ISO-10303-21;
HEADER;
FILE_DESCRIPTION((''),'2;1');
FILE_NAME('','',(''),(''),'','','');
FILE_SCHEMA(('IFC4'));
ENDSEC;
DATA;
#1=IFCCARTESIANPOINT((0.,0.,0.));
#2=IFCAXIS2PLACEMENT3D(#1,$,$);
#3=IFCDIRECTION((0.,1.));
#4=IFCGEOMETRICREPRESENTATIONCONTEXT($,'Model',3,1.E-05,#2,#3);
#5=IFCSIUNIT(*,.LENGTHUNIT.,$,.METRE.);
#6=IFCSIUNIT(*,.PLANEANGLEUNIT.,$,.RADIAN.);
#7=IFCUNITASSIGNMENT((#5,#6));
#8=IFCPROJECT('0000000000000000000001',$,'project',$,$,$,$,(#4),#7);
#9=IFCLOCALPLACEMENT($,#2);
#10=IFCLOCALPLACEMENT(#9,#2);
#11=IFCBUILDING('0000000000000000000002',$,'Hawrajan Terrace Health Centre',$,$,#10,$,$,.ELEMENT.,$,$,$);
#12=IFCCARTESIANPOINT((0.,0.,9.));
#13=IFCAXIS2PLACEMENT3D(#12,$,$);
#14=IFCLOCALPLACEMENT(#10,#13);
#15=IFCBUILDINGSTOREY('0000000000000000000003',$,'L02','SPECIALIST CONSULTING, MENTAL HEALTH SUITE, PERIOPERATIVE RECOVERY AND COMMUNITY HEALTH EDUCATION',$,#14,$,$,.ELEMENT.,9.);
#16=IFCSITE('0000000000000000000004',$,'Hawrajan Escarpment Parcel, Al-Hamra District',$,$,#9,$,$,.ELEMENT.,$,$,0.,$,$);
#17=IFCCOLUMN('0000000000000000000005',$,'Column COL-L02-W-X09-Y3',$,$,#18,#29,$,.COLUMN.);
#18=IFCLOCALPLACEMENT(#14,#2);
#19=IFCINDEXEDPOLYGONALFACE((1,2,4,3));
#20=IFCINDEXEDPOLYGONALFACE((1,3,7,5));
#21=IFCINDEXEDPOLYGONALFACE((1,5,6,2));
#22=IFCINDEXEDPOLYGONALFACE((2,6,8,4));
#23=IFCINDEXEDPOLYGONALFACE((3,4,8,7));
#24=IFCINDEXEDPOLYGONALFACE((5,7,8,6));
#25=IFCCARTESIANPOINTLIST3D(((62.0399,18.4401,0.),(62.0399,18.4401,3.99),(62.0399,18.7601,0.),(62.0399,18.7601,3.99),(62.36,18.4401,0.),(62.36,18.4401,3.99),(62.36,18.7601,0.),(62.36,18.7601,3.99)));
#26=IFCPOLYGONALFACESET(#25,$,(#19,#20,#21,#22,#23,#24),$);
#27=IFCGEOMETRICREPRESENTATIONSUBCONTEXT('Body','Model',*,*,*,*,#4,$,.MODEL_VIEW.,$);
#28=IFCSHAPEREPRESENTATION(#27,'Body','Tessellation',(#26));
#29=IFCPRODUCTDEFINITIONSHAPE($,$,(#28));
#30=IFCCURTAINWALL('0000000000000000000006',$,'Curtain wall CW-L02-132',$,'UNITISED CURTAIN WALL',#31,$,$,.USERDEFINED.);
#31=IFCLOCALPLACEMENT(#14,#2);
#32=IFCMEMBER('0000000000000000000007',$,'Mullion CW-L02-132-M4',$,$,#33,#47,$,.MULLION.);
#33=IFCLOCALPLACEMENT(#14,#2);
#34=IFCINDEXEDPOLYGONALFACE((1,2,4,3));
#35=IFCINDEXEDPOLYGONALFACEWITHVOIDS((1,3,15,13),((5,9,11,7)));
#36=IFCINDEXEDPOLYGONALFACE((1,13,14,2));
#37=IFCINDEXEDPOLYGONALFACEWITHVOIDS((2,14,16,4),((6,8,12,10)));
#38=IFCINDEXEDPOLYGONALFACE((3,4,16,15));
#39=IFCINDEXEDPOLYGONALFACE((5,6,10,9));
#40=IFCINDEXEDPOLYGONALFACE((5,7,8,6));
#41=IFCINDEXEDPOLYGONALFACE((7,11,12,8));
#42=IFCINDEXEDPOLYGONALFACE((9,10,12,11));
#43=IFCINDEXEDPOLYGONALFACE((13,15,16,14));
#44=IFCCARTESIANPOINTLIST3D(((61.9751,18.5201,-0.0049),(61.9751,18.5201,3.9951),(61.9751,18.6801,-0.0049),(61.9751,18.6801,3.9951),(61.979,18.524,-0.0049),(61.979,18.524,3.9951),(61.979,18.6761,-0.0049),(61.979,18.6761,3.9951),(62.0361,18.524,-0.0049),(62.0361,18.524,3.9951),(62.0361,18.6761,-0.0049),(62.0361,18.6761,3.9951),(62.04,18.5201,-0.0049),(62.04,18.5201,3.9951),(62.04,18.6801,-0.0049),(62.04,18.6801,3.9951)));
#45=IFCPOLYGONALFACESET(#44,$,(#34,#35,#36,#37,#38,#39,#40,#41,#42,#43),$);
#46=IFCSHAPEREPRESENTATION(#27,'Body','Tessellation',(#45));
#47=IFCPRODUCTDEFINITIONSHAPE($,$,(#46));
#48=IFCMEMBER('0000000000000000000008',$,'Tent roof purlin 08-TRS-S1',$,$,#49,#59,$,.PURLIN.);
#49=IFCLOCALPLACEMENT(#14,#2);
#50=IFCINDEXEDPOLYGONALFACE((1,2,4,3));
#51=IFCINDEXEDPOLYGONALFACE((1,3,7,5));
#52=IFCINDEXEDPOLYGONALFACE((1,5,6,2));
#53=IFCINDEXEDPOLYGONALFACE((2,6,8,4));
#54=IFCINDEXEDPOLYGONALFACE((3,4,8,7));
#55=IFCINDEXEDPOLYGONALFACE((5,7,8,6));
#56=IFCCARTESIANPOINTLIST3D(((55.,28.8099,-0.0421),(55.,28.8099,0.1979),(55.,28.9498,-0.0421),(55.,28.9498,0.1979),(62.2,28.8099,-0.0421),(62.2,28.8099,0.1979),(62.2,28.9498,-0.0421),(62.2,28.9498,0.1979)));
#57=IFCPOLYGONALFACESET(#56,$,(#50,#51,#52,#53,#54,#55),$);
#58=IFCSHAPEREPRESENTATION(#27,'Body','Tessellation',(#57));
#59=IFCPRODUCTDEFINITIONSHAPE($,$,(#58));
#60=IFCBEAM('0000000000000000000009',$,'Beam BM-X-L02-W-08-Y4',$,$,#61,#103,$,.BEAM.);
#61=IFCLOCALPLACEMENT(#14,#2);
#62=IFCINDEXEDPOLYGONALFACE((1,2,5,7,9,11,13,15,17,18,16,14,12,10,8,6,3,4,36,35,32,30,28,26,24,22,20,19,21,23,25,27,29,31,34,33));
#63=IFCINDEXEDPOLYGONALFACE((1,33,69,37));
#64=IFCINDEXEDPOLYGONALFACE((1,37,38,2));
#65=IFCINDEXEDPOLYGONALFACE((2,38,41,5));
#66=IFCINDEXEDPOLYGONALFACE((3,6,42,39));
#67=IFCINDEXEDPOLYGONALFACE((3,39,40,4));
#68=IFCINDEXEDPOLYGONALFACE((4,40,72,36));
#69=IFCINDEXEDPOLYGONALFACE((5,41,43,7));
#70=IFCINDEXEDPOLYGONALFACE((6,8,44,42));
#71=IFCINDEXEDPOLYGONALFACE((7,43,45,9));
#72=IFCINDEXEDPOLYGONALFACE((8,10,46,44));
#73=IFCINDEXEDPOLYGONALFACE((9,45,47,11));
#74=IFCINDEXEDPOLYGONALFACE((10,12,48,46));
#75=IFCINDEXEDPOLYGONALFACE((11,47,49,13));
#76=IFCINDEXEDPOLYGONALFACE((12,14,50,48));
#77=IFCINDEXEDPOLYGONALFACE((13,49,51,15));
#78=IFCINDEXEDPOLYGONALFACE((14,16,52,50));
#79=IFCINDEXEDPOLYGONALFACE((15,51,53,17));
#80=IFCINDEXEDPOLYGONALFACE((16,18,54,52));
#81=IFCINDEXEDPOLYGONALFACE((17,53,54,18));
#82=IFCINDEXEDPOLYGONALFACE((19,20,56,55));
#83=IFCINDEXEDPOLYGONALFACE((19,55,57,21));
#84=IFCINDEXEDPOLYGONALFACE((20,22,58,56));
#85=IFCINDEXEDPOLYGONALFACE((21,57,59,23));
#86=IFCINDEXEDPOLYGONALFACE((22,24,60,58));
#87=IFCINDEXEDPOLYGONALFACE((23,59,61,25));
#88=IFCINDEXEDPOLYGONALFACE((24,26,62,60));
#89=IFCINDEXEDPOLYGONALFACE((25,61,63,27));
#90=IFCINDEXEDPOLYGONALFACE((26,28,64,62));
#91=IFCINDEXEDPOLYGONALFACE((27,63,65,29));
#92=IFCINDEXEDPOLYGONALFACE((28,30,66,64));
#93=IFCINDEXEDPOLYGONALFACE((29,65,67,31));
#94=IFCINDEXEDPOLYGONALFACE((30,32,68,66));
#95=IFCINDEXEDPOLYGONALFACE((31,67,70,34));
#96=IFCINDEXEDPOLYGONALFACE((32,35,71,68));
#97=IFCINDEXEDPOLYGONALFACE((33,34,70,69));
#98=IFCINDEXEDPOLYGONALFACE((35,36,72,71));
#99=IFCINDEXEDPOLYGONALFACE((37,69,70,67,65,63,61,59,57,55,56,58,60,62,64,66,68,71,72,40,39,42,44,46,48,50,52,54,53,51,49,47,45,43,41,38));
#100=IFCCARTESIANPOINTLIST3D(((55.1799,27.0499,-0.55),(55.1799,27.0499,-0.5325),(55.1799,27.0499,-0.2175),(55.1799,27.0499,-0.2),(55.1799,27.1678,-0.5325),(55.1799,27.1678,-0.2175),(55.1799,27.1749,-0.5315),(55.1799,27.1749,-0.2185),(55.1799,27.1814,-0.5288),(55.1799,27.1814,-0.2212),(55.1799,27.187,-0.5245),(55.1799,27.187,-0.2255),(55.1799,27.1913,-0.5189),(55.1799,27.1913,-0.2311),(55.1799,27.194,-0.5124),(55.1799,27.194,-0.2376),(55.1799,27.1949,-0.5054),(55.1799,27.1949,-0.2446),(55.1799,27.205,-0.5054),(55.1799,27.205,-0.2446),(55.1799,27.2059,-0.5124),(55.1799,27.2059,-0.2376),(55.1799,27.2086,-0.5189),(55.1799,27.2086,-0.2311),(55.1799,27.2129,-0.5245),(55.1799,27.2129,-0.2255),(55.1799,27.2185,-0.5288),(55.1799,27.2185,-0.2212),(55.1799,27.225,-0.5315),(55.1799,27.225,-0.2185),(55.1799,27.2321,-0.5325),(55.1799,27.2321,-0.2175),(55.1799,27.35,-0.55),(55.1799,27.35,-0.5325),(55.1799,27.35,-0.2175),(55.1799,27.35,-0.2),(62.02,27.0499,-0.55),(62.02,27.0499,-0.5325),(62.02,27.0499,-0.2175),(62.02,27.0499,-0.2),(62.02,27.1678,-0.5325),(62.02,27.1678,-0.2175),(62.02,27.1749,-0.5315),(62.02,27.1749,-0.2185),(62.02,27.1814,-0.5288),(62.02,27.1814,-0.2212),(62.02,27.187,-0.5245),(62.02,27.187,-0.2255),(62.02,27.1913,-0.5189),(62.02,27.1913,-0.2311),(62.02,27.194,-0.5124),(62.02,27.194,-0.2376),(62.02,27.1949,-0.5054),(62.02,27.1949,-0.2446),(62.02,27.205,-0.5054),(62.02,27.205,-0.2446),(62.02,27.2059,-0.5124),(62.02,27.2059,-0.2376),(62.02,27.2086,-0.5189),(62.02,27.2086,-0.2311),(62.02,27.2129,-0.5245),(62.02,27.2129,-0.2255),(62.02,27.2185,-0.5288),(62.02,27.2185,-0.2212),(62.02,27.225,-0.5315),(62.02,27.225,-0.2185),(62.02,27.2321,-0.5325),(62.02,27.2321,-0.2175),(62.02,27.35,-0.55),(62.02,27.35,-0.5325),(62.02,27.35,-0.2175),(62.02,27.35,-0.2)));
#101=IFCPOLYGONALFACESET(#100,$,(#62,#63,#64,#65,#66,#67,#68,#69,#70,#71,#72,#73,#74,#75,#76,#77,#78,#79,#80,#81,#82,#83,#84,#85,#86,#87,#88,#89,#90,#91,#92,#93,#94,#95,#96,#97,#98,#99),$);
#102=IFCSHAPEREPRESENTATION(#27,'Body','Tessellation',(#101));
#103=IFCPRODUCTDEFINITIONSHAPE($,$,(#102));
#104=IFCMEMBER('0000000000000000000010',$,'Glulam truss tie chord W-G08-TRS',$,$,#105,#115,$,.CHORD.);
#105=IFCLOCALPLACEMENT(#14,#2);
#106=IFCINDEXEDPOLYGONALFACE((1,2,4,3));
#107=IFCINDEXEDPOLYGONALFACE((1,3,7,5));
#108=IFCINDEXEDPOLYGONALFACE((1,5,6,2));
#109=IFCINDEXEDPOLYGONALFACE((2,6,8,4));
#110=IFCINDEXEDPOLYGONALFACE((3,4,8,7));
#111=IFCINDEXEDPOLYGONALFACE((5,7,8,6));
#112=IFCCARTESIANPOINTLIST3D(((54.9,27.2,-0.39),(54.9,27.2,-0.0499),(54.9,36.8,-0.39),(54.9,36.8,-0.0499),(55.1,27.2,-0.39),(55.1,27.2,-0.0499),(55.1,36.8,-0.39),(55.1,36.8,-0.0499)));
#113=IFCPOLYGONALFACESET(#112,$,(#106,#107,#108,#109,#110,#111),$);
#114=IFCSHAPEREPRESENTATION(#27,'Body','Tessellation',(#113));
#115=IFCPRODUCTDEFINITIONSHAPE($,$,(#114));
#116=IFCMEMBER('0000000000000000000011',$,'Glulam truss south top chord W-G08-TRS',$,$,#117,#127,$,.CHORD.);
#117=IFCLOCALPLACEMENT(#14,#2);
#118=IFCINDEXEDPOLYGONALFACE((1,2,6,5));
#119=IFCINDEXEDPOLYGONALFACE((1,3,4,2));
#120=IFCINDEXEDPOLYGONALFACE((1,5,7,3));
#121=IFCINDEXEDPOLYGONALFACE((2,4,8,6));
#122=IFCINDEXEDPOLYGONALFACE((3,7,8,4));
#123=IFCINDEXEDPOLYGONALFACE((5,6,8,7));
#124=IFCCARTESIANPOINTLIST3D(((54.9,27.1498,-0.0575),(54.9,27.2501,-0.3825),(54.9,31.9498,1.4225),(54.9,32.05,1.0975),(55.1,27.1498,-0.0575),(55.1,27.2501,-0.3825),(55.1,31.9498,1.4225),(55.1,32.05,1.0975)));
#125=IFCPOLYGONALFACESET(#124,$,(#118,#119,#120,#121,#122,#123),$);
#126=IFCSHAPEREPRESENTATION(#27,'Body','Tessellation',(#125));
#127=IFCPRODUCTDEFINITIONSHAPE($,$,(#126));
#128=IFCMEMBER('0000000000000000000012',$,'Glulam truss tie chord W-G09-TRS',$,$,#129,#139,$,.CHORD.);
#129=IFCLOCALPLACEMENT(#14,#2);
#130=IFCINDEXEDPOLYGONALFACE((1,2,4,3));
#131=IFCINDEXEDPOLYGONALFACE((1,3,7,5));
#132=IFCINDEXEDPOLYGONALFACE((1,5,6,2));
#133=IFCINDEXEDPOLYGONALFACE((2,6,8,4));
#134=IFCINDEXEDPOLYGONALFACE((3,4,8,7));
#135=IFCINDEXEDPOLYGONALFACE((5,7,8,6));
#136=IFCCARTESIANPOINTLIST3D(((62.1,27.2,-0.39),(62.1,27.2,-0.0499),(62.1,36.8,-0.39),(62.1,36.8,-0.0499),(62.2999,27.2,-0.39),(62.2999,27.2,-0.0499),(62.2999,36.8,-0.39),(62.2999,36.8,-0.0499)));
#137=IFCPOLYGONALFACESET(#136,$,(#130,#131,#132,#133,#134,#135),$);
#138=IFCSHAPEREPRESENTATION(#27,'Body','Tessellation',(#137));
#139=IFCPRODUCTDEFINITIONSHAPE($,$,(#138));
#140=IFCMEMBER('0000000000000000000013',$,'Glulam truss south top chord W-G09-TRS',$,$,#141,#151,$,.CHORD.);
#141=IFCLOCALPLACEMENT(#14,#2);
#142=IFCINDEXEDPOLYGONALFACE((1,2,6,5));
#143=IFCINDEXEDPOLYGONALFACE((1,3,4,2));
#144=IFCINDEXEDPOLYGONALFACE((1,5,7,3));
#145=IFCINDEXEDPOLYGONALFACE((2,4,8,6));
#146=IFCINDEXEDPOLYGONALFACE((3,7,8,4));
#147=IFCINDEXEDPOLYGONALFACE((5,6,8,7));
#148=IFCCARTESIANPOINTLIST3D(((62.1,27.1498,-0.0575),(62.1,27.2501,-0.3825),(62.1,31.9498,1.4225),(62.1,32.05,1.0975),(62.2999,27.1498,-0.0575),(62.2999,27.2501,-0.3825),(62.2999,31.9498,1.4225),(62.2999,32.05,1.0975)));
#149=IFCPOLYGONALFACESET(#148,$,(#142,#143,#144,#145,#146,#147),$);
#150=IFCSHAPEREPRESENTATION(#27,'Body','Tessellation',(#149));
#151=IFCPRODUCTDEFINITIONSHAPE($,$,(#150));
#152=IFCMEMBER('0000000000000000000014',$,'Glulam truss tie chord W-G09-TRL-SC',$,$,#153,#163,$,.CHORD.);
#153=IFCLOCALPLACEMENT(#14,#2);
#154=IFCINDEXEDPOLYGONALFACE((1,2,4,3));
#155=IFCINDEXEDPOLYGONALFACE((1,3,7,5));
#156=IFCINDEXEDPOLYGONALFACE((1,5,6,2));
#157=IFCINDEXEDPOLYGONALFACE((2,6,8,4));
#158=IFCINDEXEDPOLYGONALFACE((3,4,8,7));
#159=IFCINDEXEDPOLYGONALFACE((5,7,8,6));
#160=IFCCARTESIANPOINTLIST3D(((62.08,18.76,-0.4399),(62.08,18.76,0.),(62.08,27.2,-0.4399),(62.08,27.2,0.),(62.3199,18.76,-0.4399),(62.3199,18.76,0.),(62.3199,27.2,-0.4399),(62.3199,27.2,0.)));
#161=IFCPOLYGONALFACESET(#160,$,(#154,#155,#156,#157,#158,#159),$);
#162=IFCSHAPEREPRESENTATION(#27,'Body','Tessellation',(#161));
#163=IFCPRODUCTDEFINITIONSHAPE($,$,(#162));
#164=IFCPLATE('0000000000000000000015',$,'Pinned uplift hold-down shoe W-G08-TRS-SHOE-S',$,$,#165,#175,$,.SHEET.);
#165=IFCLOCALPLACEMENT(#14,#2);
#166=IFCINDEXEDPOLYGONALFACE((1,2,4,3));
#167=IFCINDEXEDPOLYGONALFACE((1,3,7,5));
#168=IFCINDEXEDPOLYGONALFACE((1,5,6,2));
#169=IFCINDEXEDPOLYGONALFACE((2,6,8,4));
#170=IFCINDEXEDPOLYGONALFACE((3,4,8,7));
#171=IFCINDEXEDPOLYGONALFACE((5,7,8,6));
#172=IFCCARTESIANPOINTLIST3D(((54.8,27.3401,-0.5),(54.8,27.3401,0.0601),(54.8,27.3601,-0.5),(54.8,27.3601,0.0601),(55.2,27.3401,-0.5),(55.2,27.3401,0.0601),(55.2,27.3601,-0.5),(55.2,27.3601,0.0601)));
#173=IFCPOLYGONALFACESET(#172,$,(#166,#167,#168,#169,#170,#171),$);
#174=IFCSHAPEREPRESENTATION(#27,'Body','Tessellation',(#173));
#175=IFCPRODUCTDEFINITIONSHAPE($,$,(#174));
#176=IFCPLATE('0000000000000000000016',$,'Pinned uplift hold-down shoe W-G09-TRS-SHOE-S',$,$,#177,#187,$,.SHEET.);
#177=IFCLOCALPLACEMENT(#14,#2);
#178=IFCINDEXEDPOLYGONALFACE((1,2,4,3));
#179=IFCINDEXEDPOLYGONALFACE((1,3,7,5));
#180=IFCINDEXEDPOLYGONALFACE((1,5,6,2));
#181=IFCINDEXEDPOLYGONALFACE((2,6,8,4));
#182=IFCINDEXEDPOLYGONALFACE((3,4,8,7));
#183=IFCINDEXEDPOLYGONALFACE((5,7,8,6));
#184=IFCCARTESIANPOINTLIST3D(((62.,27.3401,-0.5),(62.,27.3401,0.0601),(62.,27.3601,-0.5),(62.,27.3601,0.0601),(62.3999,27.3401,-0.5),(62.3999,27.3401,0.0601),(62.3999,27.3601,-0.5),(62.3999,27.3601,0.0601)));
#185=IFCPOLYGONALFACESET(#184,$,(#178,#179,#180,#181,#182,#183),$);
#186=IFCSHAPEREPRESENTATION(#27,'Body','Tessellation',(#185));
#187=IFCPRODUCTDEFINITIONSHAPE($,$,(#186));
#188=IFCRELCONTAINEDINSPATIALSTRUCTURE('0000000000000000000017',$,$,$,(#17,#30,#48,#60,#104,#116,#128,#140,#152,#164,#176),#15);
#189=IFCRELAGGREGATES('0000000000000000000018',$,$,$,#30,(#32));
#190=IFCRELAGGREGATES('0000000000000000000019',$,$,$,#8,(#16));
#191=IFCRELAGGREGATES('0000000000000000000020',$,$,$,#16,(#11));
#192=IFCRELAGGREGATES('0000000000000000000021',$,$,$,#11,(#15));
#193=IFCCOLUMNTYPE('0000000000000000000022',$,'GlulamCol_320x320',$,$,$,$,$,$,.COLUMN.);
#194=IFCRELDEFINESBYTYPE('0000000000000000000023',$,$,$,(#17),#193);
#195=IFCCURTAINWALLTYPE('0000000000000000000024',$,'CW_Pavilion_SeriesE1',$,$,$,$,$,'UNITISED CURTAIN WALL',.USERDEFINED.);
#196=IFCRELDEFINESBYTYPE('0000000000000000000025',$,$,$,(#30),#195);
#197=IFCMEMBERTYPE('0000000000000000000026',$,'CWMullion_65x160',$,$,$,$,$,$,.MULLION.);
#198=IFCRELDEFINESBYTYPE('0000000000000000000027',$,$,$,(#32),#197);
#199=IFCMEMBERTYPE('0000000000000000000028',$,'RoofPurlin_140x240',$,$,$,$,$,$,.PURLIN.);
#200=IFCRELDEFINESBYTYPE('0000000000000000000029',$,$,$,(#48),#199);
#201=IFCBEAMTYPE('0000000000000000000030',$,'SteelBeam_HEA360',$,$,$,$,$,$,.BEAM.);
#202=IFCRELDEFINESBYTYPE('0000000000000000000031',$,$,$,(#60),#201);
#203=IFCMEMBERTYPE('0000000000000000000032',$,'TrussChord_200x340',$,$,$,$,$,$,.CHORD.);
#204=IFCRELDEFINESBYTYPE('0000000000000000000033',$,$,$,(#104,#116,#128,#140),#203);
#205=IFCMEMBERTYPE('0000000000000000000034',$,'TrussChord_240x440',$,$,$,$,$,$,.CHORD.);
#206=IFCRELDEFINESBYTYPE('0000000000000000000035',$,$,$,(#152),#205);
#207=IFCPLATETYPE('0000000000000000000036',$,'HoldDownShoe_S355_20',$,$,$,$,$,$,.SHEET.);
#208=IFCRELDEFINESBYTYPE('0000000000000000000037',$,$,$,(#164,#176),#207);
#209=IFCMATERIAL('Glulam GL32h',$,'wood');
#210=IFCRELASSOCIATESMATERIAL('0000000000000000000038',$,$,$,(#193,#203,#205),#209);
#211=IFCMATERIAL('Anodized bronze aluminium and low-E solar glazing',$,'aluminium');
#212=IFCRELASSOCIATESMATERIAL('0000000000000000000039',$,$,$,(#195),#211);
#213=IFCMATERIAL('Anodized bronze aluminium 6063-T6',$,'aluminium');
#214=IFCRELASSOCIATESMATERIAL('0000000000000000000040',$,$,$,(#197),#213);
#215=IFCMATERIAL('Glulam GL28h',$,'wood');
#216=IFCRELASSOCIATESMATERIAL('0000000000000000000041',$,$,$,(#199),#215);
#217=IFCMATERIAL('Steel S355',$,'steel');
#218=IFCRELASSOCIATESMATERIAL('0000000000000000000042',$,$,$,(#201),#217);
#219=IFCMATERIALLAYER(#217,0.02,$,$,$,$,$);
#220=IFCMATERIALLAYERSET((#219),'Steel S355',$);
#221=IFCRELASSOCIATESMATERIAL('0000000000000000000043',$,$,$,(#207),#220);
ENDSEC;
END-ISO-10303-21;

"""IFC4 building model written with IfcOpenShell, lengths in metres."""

from ifc_helpers import new_model, si_unit, direction, frame, origin, origin_2d, place, context, subcontext, project, spatial, rectangle, hollow_rectangle, i_section, extrude, material, layer, layer_set, material_profile, profile_set, type_object, element, aggregate, save


model = new_model("IFC4")

# Units and contexts
model_context = context("Model", 3, precision=1e-05, world=origin(), true_north=direction((0.0, 1.0)))
body_context = subcontext(model_context, "Body", "Model", "MODEL_VIEW")
ifc_project = project(units=[si_unit("LENGTHUNIT", "METRE"), si_unit("PLANEANGLEUNIT", "RADIAN")], contexts=[model_context])

# Site, building, storey
site_placement = place(None, origin())
site = spatial("IfcSite", under=ifc_project, at=site_placement, Name="Hawrajan Escarpment Parcel, Al-Hamra District", CompositionType="ELEMENT", RefElevation=0.0)
building_placement = place(site_placement, origin())
building = spatial("IfcBuilding", under=site, at=building_placement, Name="Hawrajan Terrace Health Centre", CompositionType="ELEMENT")
storey_placement = place(building_placement, frame((0.0, 0.0, 9.0)))
storey = spatial("IfcBuildingStorey", under=building, at=storey_placement, Name="L02", Description="SPECIALIST CONSULTING, MENTAL HEALTH SUITE, PERIOPERATIVE RECOVERY AND COMMUNITY HEALTH EDUCATION", CompositionType="ELEMENT", Elevation=9.0)

# Column
ifc_material_1 = material(Name="Glulam GL32h", Category="wood")
ifc_material_profile_1 = material_profile(ifc_material_1, rectangle(XDim=0.3201, YDim=0.3201, at=origin_2d()), Name="GL 320x320")
ifc_profile_set_1 = profile_set([ifc_material_profile_1], Name="Glulam GL32h")
column_type = type_object("IfcColumnType", Name="GlulamCol_320x320", PredefinedType="COLUMN", material=ifc_profile_set_1)
column_placement = place(storey_placement, frame((62.2, 18.6001, 0.0), z_axis=(0.0, 0.0, 1.0), x_axis=(1.0, 0.0, 0.0)))
element("IfcColumn", 1, at=column_placement, inside=storey, type_object=column_type, Name="Column COL-L02-W-X09-Y3", PredefinedType="COLUMN", context=body_context, shape_type="SweptSolid", body=[
    extrude(rectangle(XDim=0.3201, YDim=0.3201, at=origin_2d()), origin(), (0.0, 0.0, 1.0), 3.99),
])

# Curtain wall, member
ifc_material_2 = material(Name="Anodized bronze aluminium and low-E solar glazing", Category="aluminium")
curtain_wall_type = type_object("IfcCurtainWallType", Name="CW_Pavilion_SeriesE1", ElementType="UNITISED CURTAIN WALL", PredefinedType="USERDEFINED", material=ifc_material_2)
curtain_wall_placement = place(storey_placement, origin())
curtain_wall = element("IfcCurtainWall", 2, at=curtain_wall_placement, inside=storey, type_object=curtain_wall_type, Name="Curtain wall CW-L02-132", ObjectType="UNITISED CURTAIN WALL", PredefinedType="USERDEFINED")
ifc_material_3 = material(Name="Anodized bronze aluminium 6063-T6", Category="aluminium")
ifc_material_profile_2 = material_profile(ifc_material_3, hollow_rectangle(XDim=0.0649, YDim=0.1599, WallThickness=0.0039, at=origin_2d()), Name="CW MUL 65x160")
ifc_profile_set_2 = profile_set([ifc_material_profile_2], Name="Anodized bronze aluminium 6063-T6")
member_type_1 = type_object("IfcMemberType", Name="CWMullion_65x160", PredefinedType="MULLION", material=ifc_profile_set_2)
member_1_placement = place(storey_placement, frame((62.0076, 18.6001, -0.0049), z_axis=(0.0, 0.0, 1.0), x_axis=(1.0, 0.0, 0.0)))
member_1 = element("IfcMember", 3, at=member_1_placement, type_object=member_type_1, Name="Mullion CW-L02-132-M4", PredefinedType="MULLION", context=body_context, shape_type="SweptSolid", body=[
    extrude(hollow_rectangle(XDim=0.0649, YDim=0.1599, WallThickness=0.0039, at=origin_2d()), origin(), (0.0, 0.0, 1.0), 4.0),
])

# Member
ifc_material_4 = material(Name="Glulam GL28h", Category="wood")
ifc_material_profile_3 = material_profile(ifc_material_4, rectangle(XDim=0.1399, YDim=0.24, at=origin_2d()), Name="GL PUR 140x240")
ifc_profile_set_3 = profile_set([ifc_material_profile_3], Name="Glulam GL28h")
member_type_2 = type_object("IfcMemberType", Name="RoofPurlin_140x240", PredefinedType="PURLIN", material=ifc_profile_set_3)
member_2_placement = place(storey_placement, frame((55.0, 28.8799, 0.0779), z_axis=(1.0, 0.0, 0.0), x_axis=(0.0, 1.0, 0.0)))
element("IfcMember", 4, at=member_2_placement, inside=storey, type_object=member_type_2, Name="Tent roof purlin 08-TRS-S1", PredefinedType="PURLIN", context=body_context, shape_type="SweptSolid", body=[
    extrude(rectangle(XDim=0.1399, YDim=0.24, at=origin_2d()), origin(), (0.0, 0.0, 1.0), 7.2),
])

# Beam
ifc_material_5 = material(Name="Steel S355", Category="steel")
ifc_material_profile_4 = material_profile(ifc_material_5, i_section(OverallWidth=0.3, OverallDepth=0.3501, WebThickness=0.01, FlangeThickness=0.0176, FilletRadius=0.0271, at=origin_2d()), Name="HEA 360")
ifc_profile_set_4 = profile_set([ifc_material_profile_4], Name="Steel S355")
beam_type = type_object("IfcBeamType", Name="SteelBeam_HEA360", PredefinedType="BEAM", material=ifc_profile_set_4)
beam_placement = place(storey_placement, frame((55.1799, 27.2, -0.375), z_axis=(1.0, 0.0, 0.0), x_axis=(0.0, 1.0, 0.0)))
element("IfcBeam", 5, at=beam_placement, inside=storey, type_object=beam_type, Name="Beam BM-X-L02-W-08-Y4", PredefinedType="BEAM", context=body_context, shape_type="SweptSolid", body=[
    extrude(i_section(OverallWidth=0.3, OverallDepth=0.3501, WebThickness=0.01, FlangeThickness=0.0176, FilletRadius=0.0271, at=origin_2d()), origin(), (0.0, 0.0, 1.0), 6.8401),
])

# Members
ifc_material_profile_5 = material_profile(ifc_material_1, rectangle(XDim=0.2, YDim=0.3401, at=origin_2d()), Name="GL CHD 200x340")
ifc_profile_set_5 = profile_set([ifc_material_profile_5], Name="Glulam GL32h")
member_type_3 = type_object("IfcMemberType", Name="TrussChord_200x340", PredefinedType="CHORD", material=ifc_profile_set_5)
member_3_placement = place(storey_placement, frame((55.0, 27.2, -0.22), z_axis=(0.0, 1.0, 0.0), x_axis=(-1.0, 0.0, 0.0)))
element("IfcMember", 6, at=member_3_placement, inside=storey, type_object=member_type_3, Name="Glulam truss tie chord W-G08-TRS", PredefinedType="CHORD", context=body_context, shape_type="SweptSolid", body=[
    extrude(rectangle(XDim=0.2, YDim=0.3401, at=origin_2d()), origin(), (0.0, 0.0, 1.0), 9.6001),
])
member_4_placement = place(storey_placement, frame((55.0, 27.2, -0.22), z_axis=(0.0, 0.955609, 0.294639), x_axis=(-1.0, 0.0, 0.0)))
element("IfcMember", 7, at=member_4_placement, inside=storey, type_object=member_type_3, Name="Glulam truss south top chord W-G08-TRS", PredefinedType="CHORD", context=body_context, shape_type="SweptSolid", body=[
    extrude(rectangle(XDim=0.2, YDim=0.3401, at=origin_2d()), origin(), (0.0, 0.0, 1.0), 5.0229),
])
member_5_placement = place(storey_placement, frame((62.2, 27.2, -0.22), z_axis=(0.0, 1.0, 0.0), x_axis=(-1.0, 0.0, 0.0)))
element("IfcMember", 8, at=member_5_placement, inside=storey, type_object=member_type_3, Name="Glulam truss tie chord W-G09-TRS", PredefinedType="CHORD", context=body_context, shape_type="SweptSolid", body=[
    extrude(rectangle(XDim=0.2, YDim=0.3401, at=origin_2d()), origin(), (0.0, 0.0, 1.0), 9.6001),
])
member_6_placement = place(storey_placement, frame((62.2, 27.2, -0.22), z_axis=(0.0, 0.955609, 0.294639), x_axis=(-1.0, 0.0, 0.0)))
element("IfcMember", 9, at=member_6_placement, inside=storey, type_object=member_type_3, Name="Glulam truss south top chord W-G09-TRS", PredefinedType="CHORD", context=body_context, shape_type="SweptSolid", body=[
    extrude(rectangle(XDim=0.2, YDim=0.3401, at=origin_2d()), origin(), (0.0, 0.0, 1.0), 5.0229),
])
ifc_material_profile_6 = material_profile(ifc_material_1, rectangle(XDim=0.24, YDim=0.4399, at=origin_2d()), Name="GL CHD 240x440")
ifc_profile_set_6 = profile_set([ifc_material_profile_6], Name="Glulam GL32h")
member_type_4 = type_object("IfcMemberType", Name="TrussChord_240x440", PredefinedType="CHORD", material=ifc_profile_set_6)
member_7_placement = place(storey_placement, frame((62.2, 18.76, -0.22), z_axis=(0.0, 1.0, 0.0), x_axis=(-1.0, 0.0, 0.0)))
element("IfcMember", 10, at=member_7_placement, inside=storey, type_object=member_type_4, Name="Glulam truss tie chord W-G09-TRL-SC", PredefinedType="CHORD", context=body_context, shape_type="SweptSolid", body=[
    extrude(rectangle(XDim=0.24, YDim=0.4399, at=origin_2d()), origin(), (0.0, 0.0, 1.0), 8.4399),
])

# Plates
ifc_layer_1 = layer(ifc_material_5, 0.02)
ifc_layer_set_1 = layer_set([ifc_layer_1], Name="Steel S355")
plate_type_1 = type_object("IfcPlateType", Name="HoldDownShoe_S355_20", PredefinedType="SHEET", material=ifc_layer_set_1)
for number, where, z_axis, x_axis, name in (
    (11, (55.0, 27.3501, -0.5), (0.0, 0.0, 1.0), (1.0, 0.0, 0.0), "Pinned uplift hold-down shoe W-G08-TRS-SHOE-S"),
    (12, (62.2, 27.3501, -0.5), (0.0, 0.0, 1.0), (1.0, 0.0, 0.0), "Pinned uplift hold-down shoe W-G09-TRS-SHOE-S"),
):
    element("IfcPlate", number, at=place(storey_placement, frame(where, z_axis=z_axis, x_axis=x_axis)), inside=storey, type_object=plate_type_1, Name=name, PredefinedType="SHEET", context=body_context, shape_type="SweptSolid", body=[
        extrude(rectangle(XDim=0.3999, YDim=0.02, at=origin_2d()), origin(), (0.0, 0.0, 1.0), 0.5601),
    ])

aggregate(curtain_wall, [member_1])

save(model, "model.ifc")
